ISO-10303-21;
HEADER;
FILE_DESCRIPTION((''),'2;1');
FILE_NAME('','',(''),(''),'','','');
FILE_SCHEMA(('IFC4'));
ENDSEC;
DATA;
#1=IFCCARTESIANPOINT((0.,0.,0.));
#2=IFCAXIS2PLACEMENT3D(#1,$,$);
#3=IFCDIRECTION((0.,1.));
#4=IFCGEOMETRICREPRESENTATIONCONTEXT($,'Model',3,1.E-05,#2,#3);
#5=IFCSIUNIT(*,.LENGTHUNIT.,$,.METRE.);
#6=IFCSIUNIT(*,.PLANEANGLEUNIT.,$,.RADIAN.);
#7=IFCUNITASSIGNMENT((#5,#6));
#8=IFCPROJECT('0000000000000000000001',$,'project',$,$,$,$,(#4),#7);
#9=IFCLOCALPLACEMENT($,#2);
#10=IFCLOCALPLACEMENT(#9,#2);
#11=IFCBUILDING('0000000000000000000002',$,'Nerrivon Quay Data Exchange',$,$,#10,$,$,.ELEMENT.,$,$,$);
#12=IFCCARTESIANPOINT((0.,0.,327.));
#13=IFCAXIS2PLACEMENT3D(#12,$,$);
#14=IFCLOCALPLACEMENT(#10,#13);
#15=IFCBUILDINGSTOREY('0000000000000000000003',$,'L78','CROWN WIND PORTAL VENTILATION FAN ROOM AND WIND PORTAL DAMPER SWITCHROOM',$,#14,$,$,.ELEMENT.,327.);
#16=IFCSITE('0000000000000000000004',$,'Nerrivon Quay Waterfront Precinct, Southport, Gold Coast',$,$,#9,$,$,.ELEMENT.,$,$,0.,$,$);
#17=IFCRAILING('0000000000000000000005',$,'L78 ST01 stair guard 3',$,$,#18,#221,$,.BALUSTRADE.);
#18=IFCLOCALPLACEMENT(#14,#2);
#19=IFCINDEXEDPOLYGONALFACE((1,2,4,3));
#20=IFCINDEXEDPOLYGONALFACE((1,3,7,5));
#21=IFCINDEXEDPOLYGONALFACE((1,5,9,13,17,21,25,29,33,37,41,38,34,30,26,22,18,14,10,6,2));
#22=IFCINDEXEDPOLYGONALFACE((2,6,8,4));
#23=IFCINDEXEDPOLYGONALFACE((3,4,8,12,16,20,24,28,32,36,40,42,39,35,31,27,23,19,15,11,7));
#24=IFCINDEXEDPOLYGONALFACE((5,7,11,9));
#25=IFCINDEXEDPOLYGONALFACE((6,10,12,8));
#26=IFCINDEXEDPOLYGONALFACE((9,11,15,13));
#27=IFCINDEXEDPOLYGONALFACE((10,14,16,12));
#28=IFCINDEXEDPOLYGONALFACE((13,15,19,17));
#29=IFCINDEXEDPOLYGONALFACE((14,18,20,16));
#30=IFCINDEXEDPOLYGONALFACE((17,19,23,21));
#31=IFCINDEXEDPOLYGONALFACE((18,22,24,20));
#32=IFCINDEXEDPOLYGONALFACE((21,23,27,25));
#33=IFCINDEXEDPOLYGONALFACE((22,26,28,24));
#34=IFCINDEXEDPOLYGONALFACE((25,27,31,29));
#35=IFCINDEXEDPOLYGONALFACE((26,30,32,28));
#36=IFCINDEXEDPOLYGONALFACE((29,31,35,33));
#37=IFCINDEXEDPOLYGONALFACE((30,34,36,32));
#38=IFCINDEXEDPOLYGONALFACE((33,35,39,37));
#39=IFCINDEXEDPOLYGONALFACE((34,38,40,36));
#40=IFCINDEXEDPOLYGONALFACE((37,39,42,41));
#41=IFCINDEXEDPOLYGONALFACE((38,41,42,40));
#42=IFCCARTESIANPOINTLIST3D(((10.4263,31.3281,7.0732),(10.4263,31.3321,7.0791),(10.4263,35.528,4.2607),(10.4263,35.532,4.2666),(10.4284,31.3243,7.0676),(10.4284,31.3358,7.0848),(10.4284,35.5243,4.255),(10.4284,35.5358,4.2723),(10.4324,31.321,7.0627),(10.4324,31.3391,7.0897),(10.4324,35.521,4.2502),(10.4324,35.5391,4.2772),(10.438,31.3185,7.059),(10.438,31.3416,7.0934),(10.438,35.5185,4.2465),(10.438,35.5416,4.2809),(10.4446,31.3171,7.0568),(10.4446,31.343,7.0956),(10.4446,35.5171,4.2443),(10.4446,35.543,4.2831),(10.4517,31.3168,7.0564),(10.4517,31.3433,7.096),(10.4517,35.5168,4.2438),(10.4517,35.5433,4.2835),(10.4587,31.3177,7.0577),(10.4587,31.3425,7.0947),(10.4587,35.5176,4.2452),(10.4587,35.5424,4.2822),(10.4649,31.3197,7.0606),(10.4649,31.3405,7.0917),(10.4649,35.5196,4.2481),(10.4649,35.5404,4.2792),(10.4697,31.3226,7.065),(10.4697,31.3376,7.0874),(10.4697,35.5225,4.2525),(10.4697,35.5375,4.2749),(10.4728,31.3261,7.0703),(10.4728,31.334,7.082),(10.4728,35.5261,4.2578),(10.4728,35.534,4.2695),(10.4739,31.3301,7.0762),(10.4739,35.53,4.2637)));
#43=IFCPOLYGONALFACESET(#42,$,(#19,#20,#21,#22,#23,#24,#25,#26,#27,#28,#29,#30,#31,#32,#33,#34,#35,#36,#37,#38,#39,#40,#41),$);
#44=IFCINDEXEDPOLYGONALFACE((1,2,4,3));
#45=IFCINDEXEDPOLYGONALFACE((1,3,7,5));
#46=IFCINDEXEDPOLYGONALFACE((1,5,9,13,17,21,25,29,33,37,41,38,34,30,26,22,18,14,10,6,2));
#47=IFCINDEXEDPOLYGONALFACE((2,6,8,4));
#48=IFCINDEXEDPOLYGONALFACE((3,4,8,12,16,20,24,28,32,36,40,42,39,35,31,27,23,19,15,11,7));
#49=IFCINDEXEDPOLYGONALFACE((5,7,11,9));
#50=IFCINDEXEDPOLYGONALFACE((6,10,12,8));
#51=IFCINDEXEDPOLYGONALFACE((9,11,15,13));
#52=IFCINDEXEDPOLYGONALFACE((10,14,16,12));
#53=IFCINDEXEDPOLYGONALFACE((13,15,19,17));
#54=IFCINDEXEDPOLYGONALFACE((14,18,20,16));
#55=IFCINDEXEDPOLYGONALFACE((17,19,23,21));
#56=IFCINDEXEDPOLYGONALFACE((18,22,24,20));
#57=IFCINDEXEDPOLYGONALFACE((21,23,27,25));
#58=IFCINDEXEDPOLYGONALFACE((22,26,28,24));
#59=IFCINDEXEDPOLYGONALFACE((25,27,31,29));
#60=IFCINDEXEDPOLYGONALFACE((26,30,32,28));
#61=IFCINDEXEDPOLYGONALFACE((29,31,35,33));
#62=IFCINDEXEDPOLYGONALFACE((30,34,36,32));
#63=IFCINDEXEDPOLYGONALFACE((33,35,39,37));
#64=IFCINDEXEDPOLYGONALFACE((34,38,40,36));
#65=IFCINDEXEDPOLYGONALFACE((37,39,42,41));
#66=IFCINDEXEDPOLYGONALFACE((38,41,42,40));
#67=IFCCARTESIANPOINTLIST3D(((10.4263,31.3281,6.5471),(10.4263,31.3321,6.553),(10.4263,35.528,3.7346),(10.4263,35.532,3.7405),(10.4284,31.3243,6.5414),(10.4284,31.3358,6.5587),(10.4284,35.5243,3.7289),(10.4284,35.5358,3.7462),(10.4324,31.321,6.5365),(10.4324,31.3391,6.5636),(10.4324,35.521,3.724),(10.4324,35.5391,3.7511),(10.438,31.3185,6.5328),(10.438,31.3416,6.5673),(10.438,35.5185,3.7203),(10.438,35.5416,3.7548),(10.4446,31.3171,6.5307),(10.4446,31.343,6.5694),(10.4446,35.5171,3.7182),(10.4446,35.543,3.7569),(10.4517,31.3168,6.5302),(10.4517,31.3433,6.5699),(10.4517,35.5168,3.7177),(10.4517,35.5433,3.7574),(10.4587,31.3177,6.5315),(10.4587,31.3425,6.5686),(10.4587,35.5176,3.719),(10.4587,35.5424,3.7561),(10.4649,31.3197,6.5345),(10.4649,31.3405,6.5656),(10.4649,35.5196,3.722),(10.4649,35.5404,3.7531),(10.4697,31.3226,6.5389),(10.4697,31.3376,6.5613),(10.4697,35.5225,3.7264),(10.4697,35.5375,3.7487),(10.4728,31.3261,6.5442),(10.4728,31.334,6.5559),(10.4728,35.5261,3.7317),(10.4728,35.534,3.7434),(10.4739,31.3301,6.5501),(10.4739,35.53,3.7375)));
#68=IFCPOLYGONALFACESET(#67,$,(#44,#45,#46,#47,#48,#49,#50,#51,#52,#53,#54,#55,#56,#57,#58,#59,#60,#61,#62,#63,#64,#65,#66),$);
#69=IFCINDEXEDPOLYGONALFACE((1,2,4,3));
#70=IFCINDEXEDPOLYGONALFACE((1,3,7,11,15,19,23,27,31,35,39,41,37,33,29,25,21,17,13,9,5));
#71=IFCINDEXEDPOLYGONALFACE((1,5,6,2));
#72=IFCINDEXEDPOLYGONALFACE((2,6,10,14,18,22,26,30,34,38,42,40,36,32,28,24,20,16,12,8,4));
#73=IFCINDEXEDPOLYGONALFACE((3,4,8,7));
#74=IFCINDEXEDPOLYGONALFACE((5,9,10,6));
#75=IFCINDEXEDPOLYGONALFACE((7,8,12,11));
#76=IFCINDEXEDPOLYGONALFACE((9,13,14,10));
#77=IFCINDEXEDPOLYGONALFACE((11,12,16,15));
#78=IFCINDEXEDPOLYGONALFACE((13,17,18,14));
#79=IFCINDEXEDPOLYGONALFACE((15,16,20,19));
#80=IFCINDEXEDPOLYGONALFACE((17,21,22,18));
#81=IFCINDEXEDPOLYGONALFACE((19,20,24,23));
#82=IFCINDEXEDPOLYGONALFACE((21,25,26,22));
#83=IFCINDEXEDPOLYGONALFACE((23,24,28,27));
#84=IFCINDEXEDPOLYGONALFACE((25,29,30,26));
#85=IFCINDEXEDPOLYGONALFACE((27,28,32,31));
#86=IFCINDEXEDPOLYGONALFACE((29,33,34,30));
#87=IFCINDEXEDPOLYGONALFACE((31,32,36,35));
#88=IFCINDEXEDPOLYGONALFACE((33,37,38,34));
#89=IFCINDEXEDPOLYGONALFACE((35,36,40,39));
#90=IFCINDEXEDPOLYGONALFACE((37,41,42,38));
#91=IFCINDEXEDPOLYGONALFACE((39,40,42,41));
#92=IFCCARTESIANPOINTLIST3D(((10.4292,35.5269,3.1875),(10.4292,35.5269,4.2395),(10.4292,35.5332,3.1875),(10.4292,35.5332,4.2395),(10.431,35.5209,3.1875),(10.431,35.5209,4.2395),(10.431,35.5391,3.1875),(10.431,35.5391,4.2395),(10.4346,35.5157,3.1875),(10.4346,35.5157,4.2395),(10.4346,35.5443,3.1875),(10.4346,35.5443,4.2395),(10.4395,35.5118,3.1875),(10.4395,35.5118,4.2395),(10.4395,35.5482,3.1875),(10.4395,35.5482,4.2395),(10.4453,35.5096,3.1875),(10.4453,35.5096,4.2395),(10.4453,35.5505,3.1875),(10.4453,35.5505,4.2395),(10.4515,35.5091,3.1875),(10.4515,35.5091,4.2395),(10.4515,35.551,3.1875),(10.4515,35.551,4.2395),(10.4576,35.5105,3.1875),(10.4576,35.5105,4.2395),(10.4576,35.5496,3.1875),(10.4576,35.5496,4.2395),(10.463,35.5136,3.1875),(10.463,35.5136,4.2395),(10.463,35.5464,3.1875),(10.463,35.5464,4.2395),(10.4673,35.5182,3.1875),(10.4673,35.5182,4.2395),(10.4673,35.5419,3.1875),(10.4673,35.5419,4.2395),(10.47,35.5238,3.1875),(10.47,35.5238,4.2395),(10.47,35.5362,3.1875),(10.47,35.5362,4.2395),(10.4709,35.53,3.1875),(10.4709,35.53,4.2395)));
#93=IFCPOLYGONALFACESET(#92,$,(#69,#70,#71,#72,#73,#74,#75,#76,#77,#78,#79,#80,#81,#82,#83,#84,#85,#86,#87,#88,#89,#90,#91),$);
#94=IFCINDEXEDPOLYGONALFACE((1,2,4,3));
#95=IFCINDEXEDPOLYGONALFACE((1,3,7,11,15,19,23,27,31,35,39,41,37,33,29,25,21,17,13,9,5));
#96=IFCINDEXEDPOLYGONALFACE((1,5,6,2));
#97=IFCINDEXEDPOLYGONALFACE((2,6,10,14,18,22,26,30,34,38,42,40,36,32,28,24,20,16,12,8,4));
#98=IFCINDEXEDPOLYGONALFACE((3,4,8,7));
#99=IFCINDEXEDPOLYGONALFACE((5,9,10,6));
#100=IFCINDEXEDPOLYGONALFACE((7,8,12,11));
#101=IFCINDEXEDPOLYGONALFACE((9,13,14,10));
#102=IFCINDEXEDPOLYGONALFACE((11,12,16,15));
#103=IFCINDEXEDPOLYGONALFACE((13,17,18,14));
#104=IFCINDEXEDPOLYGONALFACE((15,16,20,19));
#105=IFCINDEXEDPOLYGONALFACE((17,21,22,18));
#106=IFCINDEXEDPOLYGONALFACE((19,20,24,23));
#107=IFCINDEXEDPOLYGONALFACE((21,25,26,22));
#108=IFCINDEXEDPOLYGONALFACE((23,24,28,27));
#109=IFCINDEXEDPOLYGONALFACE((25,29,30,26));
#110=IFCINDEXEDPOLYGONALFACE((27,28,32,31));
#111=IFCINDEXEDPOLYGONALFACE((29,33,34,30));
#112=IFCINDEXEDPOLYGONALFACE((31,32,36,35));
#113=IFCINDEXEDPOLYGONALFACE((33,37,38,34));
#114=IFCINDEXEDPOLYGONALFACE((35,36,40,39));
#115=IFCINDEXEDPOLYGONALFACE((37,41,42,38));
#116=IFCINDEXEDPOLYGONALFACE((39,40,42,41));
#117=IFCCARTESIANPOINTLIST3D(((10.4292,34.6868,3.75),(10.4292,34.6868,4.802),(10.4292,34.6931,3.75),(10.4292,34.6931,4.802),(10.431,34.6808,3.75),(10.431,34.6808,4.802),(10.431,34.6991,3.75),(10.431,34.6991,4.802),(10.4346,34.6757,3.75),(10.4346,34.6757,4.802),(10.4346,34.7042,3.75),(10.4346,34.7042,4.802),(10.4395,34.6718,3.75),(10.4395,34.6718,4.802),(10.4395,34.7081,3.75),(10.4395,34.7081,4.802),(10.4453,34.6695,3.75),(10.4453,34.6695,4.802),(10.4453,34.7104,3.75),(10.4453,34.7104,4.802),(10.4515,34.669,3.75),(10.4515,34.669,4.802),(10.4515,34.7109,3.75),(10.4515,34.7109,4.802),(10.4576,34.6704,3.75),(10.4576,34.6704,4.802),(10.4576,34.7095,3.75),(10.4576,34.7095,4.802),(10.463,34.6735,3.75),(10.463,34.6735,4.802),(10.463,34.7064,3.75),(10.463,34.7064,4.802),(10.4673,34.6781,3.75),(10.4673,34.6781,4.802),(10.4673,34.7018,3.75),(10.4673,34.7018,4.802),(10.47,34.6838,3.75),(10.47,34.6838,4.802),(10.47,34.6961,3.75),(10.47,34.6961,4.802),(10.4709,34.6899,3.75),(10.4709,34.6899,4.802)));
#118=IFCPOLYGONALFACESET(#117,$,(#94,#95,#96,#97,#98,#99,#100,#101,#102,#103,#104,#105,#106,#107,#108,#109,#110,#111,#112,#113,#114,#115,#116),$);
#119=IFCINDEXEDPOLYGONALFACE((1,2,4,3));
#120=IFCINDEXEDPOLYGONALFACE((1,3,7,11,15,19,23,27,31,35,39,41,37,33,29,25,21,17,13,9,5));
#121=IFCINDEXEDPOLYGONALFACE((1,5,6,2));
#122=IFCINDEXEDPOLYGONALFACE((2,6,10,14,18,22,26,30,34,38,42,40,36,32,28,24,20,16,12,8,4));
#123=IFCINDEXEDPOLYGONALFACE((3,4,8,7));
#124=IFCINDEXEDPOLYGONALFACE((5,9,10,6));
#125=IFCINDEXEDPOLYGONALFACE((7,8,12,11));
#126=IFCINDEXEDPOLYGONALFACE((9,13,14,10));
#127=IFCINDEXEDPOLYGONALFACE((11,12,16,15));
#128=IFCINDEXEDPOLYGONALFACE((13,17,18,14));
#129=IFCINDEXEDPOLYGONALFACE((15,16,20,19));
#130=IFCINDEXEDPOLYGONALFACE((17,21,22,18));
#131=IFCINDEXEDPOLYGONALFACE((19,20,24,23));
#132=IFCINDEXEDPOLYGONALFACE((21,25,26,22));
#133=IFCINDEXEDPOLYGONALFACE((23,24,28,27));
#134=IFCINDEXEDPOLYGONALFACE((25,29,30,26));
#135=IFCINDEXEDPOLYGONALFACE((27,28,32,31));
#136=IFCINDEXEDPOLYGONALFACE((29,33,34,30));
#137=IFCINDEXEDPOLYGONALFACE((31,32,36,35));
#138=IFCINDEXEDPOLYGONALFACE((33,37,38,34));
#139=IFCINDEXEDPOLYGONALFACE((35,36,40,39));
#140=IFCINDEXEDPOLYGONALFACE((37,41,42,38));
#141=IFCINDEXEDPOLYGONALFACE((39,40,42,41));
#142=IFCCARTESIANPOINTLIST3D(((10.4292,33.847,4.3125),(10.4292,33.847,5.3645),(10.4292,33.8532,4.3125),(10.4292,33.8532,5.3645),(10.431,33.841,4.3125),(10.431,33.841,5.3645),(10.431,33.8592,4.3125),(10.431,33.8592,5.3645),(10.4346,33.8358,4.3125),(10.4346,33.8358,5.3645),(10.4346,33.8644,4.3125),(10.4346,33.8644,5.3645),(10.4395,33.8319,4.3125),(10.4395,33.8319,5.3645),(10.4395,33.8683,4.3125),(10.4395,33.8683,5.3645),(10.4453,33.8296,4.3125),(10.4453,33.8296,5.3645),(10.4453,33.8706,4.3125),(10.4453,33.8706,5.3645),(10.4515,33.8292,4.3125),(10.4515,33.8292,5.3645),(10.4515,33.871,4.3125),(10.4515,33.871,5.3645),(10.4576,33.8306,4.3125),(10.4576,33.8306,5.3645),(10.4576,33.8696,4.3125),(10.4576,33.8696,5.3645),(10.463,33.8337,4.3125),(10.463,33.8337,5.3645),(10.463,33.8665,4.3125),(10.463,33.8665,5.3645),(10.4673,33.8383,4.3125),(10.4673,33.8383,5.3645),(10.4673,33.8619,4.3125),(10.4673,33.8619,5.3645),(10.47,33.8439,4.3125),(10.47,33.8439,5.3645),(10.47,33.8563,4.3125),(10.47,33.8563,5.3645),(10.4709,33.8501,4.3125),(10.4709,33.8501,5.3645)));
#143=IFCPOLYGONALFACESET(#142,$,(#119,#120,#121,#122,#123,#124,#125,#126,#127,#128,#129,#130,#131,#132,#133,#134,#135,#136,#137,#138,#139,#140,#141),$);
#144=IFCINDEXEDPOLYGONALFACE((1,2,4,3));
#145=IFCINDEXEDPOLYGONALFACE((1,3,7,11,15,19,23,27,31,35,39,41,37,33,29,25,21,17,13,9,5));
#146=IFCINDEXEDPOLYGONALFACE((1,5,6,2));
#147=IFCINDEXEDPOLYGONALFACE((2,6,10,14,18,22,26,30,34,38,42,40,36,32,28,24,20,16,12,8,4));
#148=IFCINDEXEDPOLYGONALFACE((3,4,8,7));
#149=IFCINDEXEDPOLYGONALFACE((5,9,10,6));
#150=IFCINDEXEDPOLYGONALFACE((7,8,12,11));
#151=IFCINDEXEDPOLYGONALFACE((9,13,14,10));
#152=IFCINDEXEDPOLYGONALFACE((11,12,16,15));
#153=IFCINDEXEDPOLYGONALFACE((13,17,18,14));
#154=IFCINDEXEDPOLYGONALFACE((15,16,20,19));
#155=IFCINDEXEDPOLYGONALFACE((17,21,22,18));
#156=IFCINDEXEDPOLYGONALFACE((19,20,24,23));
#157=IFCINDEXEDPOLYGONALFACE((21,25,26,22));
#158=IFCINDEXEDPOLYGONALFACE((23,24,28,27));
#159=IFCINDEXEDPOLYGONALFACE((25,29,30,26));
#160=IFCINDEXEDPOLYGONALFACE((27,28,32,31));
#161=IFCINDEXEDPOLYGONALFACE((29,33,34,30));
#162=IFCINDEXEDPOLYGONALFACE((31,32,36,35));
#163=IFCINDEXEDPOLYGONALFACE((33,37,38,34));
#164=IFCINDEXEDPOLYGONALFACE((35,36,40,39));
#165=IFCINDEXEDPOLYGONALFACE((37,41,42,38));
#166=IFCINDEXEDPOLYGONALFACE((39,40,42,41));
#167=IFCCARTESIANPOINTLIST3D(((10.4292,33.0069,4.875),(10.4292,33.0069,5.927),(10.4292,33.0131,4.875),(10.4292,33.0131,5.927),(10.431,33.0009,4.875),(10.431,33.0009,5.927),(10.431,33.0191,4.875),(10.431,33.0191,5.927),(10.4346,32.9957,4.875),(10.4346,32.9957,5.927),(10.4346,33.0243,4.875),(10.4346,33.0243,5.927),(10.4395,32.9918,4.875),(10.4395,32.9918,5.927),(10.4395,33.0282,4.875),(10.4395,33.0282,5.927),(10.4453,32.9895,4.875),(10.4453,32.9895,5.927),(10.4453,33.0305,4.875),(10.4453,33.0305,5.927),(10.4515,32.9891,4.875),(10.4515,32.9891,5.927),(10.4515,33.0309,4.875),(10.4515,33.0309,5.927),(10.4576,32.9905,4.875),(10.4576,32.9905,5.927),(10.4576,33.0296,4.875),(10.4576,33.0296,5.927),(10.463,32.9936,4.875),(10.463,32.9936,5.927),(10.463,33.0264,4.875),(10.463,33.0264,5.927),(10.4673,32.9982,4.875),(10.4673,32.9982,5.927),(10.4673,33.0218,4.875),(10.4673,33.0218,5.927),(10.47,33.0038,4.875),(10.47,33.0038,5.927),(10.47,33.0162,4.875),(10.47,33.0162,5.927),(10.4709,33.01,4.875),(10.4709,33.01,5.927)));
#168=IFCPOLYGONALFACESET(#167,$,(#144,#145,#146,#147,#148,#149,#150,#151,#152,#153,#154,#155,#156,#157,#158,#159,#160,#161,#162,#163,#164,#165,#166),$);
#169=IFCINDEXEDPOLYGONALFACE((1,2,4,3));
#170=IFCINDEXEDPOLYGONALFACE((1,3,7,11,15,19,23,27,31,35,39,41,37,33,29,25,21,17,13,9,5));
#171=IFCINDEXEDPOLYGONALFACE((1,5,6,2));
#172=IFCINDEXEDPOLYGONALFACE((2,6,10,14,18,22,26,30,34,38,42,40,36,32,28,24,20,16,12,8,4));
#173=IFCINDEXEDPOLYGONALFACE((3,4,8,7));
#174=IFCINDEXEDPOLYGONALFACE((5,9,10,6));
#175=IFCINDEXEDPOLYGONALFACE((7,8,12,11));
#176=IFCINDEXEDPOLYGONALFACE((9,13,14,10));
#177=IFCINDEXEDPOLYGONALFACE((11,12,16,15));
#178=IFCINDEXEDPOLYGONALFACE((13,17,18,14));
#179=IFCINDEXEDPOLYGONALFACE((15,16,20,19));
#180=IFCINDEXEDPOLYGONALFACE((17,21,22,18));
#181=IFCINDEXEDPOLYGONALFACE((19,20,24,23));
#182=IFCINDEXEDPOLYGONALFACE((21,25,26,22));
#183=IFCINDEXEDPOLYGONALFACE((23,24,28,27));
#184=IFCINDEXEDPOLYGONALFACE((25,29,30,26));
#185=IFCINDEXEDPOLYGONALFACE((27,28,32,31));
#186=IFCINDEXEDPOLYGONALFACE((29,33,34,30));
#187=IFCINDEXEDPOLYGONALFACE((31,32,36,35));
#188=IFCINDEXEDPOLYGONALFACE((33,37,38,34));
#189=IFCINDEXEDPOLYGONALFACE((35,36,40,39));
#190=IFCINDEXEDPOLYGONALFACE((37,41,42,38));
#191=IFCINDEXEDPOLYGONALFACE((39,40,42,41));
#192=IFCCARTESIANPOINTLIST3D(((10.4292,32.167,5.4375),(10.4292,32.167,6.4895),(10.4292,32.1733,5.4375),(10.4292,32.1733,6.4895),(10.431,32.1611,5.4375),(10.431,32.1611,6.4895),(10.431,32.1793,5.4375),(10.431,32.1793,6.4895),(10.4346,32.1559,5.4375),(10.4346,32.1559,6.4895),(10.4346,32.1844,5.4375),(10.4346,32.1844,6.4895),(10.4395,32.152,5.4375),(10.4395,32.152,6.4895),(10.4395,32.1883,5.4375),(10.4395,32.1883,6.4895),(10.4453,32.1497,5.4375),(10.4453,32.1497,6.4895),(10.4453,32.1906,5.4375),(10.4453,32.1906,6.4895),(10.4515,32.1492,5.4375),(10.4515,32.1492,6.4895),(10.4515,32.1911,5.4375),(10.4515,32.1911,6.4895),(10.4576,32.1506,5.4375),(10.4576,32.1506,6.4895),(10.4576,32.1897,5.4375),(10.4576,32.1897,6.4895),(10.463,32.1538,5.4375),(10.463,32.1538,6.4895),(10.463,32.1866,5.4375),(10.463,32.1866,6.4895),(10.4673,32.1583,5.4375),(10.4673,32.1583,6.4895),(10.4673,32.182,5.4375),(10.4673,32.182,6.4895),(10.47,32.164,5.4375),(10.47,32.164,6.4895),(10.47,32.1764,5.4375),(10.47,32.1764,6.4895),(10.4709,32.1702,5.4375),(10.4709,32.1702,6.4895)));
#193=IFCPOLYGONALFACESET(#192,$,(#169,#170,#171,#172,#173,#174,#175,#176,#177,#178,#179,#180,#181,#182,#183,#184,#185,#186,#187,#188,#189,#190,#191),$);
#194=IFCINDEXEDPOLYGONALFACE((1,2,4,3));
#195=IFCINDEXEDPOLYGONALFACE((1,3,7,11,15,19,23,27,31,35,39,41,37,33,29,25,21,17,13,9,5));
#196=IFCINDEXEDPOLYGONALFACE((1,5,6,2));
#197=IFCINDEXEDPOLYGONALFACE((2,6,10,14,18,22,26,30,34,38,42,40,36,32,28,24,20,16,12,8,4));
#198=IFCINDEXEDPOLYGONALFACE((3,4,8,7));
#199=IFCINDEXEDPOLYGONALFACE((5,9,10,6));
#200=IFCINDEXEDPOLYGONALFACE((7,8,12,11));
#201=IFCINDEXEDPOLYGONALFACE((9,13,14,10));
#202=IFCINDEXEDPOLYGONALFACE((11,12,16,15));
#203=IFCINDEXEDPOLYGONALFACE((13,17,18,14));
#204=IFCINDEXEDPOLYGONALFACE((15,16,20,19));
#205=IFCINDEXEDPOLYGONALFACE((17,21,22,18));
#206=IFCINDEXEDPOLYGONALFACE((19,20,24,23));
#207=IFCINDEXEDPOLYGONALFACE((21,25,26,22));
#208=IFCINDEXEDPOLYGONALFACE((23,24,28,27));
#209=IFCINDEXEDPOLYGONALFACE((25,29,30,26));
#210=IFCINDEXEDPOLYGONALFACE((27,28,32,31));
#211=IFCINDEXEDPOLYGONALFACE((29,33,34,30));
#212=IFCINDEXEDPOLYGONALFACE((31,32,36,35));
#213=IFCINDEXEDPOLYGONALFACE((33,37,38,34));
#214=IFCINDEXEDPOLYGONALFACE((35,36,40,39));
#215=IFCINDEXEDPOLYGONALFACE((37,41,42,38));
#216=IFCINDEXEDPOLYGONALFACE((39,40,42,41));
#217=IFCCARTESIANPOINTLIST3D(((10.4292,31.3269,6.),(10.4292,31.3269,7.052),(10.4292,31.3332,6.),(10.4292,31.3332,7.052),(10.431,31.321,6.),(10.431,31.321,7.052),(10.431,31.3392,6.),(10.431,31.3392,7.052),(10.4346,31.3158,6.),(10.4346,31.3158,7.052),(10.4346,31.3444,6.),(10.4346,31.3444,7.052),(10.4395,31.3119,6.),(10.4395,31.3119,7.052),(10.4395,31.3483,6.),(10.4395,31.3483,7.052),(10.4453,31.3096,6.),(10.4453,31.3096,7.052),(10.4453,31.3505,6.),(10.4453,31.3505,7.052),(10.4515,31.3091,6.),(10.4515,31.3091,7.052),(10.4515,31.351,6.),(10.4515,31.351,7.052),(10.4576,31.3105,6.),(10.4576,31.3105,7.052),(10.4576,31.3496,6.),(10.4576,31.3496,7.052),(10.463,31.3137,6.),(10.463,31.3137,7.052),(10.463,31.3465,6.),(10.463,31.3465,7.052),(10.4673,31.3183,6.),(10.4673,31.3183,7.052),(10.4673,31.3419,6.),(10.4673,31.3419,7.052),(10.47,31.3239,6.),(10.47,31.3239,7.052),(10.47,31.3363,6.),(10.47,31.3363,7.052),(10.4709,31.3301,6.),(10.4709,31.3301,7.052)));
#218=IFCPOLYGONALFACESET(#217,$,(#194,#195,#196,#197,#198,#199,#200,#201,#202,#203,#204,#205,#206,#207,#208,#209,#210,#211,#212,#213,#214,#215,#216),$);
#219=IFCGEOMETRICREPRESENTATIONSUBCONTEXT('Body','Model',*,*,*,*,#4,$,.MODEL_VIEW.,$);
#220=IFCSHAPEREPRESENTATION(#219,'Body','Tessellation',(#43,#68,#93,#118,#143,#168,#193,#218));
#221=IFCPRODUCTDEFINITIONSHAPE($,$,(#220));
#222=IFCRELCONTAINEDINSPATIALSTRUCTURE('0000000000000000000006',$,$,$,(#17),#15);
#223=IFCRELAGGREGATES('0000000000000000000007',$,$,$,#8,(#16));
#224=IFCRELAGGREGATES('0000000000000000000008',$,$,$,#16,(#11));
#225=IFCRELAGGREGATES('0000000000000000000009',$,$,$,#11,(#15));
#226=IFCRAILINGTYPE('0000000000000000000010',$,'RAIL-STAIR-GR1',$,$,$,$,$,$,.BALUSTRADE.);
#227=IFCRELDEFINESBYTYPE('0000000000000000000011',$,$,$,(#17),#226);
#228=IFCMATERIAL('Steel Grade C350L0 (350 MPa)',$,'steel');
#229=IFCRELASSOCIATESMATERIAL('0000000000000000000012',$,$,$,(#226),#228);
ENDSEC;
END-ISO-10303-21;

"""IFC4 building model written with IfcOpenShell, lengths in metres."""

from ifc_helpers import new_model, si_unit, direction, frame, origin, origin_2d, place, context, subcontext, project, spatial, circle, extrude, material, type_object, element, save


model = new_model("IFC4")

# Units and contexts
model_context = context("Model", 3, precision=1e-05, world=origin(), true_north=direction((0.0, 1.0)))
body_context = subcontext(model_context, "Body", "Model", "MODEL_VIEW")
ifc_project = project(units=[si_unit("LENGTHUNIT", "METRE"), si_unit("PLANEANGLEUNIT", "RADIAN")], contexts=[model_context])

# Site, building, storey
site_placement = place(None, origin())
site = spatial("IfcSite", under=ifc_project, at=site_placement, Name="Nerrivon Quay Waterfront Precinct, Southport, Gold Coast", CompositionType="ELEMENT", RefElevation=0.0)
building_placement = place(site_placement, origin())
building = spatial("IfcBuilding", under=site, at=building_placement, Name="Nerrivon Quay Data Exchange", CompositionType="ELEMENT")
storey_placement = place(building_placement, frame((0.0, 0.0, 327.0)))
storey = spatial("IfcBuildingStorey", under=building, at=storey_placement, Name="L78", Description="CROWN WIND PORTAL VENTILATION FAN ROOM AND WIND PORTAL DAMPER SWITCHROOM", CompositionType="ELEMENT", Elevation=327.0)

# Shared definitions
ifc_material_1 = material(Name="Steel Grade C350L0 (350 MPa)", Category="steel")

# Railing
railing_type_1 = type_object("IfcRailingType", Name="RAIL-STAIR-GR1", PredefinedType="BALUSTRADE", material=ifc_material_1)
railing_1_placement = place(storey_placement, frame((10.45, 35.53, 3.1875)))
element("IfcRailing", 1, at=railing_1_placement, inside=storey, type_object=railing_type_1, Name="L78 ST01 stair guard 3", PredefinedType="BALUSTRADE", context=body_context, shape_type="SweptSolid", body=[
    extrude(circle(Radius=0.0239, at=origin_2d()), frame((0.0, 0.0, 1.0762), z_axis=(0.0, -0.830904, 0.556416), x_axis=(1.0, 0.0, 0.0)), (0.0, 0.0, 1.0), 5.0547),
    extrude(circle(Radius=0.0239, at=origin_2d()), frame((0.0, 0.0, 0.55), z_axis=(0.0, -0.830904, 0.556416), x_axis=(1.0, 0.0, 0.0)), (0.0, 0.0, 1.0), 5.0547),
    extrude(circle(Radius=0.021, at=origin_2d()), origin(), (0.0, 0.0, 1.0), 1.052),
    extrude(circle(Radius=0.021, at=origin_2d()), frame((0.0, -0.8401, 0.5625)), (0.0, 0.0, 1.0), 1.052),
    extrude(circle(Radius=0.021, at=origin_2d()), frame((0.0, -1.6799, 1.125)), (0.0, 0.0, 1.0), 1.052),
    extrude(circle(Radius=0.021, at=origin_2d()), frame((0.0, -2.52, 1.6875)), (0.0, 0.0, 1.0), 1.052),
    extrude(circle(Radius=0.021, at=origin_2d()), frame((0.0, -3.3599, 2.25)), (0.0, 0.0, 1.0), 1.052),
    extrude(circle(Radius=0.021, at=origin_2d()), frame((0.0, -4.2, 2.8125)), (0.0, 0.0, 1.0), 1.052),
])

save(model, "model.ifc")
